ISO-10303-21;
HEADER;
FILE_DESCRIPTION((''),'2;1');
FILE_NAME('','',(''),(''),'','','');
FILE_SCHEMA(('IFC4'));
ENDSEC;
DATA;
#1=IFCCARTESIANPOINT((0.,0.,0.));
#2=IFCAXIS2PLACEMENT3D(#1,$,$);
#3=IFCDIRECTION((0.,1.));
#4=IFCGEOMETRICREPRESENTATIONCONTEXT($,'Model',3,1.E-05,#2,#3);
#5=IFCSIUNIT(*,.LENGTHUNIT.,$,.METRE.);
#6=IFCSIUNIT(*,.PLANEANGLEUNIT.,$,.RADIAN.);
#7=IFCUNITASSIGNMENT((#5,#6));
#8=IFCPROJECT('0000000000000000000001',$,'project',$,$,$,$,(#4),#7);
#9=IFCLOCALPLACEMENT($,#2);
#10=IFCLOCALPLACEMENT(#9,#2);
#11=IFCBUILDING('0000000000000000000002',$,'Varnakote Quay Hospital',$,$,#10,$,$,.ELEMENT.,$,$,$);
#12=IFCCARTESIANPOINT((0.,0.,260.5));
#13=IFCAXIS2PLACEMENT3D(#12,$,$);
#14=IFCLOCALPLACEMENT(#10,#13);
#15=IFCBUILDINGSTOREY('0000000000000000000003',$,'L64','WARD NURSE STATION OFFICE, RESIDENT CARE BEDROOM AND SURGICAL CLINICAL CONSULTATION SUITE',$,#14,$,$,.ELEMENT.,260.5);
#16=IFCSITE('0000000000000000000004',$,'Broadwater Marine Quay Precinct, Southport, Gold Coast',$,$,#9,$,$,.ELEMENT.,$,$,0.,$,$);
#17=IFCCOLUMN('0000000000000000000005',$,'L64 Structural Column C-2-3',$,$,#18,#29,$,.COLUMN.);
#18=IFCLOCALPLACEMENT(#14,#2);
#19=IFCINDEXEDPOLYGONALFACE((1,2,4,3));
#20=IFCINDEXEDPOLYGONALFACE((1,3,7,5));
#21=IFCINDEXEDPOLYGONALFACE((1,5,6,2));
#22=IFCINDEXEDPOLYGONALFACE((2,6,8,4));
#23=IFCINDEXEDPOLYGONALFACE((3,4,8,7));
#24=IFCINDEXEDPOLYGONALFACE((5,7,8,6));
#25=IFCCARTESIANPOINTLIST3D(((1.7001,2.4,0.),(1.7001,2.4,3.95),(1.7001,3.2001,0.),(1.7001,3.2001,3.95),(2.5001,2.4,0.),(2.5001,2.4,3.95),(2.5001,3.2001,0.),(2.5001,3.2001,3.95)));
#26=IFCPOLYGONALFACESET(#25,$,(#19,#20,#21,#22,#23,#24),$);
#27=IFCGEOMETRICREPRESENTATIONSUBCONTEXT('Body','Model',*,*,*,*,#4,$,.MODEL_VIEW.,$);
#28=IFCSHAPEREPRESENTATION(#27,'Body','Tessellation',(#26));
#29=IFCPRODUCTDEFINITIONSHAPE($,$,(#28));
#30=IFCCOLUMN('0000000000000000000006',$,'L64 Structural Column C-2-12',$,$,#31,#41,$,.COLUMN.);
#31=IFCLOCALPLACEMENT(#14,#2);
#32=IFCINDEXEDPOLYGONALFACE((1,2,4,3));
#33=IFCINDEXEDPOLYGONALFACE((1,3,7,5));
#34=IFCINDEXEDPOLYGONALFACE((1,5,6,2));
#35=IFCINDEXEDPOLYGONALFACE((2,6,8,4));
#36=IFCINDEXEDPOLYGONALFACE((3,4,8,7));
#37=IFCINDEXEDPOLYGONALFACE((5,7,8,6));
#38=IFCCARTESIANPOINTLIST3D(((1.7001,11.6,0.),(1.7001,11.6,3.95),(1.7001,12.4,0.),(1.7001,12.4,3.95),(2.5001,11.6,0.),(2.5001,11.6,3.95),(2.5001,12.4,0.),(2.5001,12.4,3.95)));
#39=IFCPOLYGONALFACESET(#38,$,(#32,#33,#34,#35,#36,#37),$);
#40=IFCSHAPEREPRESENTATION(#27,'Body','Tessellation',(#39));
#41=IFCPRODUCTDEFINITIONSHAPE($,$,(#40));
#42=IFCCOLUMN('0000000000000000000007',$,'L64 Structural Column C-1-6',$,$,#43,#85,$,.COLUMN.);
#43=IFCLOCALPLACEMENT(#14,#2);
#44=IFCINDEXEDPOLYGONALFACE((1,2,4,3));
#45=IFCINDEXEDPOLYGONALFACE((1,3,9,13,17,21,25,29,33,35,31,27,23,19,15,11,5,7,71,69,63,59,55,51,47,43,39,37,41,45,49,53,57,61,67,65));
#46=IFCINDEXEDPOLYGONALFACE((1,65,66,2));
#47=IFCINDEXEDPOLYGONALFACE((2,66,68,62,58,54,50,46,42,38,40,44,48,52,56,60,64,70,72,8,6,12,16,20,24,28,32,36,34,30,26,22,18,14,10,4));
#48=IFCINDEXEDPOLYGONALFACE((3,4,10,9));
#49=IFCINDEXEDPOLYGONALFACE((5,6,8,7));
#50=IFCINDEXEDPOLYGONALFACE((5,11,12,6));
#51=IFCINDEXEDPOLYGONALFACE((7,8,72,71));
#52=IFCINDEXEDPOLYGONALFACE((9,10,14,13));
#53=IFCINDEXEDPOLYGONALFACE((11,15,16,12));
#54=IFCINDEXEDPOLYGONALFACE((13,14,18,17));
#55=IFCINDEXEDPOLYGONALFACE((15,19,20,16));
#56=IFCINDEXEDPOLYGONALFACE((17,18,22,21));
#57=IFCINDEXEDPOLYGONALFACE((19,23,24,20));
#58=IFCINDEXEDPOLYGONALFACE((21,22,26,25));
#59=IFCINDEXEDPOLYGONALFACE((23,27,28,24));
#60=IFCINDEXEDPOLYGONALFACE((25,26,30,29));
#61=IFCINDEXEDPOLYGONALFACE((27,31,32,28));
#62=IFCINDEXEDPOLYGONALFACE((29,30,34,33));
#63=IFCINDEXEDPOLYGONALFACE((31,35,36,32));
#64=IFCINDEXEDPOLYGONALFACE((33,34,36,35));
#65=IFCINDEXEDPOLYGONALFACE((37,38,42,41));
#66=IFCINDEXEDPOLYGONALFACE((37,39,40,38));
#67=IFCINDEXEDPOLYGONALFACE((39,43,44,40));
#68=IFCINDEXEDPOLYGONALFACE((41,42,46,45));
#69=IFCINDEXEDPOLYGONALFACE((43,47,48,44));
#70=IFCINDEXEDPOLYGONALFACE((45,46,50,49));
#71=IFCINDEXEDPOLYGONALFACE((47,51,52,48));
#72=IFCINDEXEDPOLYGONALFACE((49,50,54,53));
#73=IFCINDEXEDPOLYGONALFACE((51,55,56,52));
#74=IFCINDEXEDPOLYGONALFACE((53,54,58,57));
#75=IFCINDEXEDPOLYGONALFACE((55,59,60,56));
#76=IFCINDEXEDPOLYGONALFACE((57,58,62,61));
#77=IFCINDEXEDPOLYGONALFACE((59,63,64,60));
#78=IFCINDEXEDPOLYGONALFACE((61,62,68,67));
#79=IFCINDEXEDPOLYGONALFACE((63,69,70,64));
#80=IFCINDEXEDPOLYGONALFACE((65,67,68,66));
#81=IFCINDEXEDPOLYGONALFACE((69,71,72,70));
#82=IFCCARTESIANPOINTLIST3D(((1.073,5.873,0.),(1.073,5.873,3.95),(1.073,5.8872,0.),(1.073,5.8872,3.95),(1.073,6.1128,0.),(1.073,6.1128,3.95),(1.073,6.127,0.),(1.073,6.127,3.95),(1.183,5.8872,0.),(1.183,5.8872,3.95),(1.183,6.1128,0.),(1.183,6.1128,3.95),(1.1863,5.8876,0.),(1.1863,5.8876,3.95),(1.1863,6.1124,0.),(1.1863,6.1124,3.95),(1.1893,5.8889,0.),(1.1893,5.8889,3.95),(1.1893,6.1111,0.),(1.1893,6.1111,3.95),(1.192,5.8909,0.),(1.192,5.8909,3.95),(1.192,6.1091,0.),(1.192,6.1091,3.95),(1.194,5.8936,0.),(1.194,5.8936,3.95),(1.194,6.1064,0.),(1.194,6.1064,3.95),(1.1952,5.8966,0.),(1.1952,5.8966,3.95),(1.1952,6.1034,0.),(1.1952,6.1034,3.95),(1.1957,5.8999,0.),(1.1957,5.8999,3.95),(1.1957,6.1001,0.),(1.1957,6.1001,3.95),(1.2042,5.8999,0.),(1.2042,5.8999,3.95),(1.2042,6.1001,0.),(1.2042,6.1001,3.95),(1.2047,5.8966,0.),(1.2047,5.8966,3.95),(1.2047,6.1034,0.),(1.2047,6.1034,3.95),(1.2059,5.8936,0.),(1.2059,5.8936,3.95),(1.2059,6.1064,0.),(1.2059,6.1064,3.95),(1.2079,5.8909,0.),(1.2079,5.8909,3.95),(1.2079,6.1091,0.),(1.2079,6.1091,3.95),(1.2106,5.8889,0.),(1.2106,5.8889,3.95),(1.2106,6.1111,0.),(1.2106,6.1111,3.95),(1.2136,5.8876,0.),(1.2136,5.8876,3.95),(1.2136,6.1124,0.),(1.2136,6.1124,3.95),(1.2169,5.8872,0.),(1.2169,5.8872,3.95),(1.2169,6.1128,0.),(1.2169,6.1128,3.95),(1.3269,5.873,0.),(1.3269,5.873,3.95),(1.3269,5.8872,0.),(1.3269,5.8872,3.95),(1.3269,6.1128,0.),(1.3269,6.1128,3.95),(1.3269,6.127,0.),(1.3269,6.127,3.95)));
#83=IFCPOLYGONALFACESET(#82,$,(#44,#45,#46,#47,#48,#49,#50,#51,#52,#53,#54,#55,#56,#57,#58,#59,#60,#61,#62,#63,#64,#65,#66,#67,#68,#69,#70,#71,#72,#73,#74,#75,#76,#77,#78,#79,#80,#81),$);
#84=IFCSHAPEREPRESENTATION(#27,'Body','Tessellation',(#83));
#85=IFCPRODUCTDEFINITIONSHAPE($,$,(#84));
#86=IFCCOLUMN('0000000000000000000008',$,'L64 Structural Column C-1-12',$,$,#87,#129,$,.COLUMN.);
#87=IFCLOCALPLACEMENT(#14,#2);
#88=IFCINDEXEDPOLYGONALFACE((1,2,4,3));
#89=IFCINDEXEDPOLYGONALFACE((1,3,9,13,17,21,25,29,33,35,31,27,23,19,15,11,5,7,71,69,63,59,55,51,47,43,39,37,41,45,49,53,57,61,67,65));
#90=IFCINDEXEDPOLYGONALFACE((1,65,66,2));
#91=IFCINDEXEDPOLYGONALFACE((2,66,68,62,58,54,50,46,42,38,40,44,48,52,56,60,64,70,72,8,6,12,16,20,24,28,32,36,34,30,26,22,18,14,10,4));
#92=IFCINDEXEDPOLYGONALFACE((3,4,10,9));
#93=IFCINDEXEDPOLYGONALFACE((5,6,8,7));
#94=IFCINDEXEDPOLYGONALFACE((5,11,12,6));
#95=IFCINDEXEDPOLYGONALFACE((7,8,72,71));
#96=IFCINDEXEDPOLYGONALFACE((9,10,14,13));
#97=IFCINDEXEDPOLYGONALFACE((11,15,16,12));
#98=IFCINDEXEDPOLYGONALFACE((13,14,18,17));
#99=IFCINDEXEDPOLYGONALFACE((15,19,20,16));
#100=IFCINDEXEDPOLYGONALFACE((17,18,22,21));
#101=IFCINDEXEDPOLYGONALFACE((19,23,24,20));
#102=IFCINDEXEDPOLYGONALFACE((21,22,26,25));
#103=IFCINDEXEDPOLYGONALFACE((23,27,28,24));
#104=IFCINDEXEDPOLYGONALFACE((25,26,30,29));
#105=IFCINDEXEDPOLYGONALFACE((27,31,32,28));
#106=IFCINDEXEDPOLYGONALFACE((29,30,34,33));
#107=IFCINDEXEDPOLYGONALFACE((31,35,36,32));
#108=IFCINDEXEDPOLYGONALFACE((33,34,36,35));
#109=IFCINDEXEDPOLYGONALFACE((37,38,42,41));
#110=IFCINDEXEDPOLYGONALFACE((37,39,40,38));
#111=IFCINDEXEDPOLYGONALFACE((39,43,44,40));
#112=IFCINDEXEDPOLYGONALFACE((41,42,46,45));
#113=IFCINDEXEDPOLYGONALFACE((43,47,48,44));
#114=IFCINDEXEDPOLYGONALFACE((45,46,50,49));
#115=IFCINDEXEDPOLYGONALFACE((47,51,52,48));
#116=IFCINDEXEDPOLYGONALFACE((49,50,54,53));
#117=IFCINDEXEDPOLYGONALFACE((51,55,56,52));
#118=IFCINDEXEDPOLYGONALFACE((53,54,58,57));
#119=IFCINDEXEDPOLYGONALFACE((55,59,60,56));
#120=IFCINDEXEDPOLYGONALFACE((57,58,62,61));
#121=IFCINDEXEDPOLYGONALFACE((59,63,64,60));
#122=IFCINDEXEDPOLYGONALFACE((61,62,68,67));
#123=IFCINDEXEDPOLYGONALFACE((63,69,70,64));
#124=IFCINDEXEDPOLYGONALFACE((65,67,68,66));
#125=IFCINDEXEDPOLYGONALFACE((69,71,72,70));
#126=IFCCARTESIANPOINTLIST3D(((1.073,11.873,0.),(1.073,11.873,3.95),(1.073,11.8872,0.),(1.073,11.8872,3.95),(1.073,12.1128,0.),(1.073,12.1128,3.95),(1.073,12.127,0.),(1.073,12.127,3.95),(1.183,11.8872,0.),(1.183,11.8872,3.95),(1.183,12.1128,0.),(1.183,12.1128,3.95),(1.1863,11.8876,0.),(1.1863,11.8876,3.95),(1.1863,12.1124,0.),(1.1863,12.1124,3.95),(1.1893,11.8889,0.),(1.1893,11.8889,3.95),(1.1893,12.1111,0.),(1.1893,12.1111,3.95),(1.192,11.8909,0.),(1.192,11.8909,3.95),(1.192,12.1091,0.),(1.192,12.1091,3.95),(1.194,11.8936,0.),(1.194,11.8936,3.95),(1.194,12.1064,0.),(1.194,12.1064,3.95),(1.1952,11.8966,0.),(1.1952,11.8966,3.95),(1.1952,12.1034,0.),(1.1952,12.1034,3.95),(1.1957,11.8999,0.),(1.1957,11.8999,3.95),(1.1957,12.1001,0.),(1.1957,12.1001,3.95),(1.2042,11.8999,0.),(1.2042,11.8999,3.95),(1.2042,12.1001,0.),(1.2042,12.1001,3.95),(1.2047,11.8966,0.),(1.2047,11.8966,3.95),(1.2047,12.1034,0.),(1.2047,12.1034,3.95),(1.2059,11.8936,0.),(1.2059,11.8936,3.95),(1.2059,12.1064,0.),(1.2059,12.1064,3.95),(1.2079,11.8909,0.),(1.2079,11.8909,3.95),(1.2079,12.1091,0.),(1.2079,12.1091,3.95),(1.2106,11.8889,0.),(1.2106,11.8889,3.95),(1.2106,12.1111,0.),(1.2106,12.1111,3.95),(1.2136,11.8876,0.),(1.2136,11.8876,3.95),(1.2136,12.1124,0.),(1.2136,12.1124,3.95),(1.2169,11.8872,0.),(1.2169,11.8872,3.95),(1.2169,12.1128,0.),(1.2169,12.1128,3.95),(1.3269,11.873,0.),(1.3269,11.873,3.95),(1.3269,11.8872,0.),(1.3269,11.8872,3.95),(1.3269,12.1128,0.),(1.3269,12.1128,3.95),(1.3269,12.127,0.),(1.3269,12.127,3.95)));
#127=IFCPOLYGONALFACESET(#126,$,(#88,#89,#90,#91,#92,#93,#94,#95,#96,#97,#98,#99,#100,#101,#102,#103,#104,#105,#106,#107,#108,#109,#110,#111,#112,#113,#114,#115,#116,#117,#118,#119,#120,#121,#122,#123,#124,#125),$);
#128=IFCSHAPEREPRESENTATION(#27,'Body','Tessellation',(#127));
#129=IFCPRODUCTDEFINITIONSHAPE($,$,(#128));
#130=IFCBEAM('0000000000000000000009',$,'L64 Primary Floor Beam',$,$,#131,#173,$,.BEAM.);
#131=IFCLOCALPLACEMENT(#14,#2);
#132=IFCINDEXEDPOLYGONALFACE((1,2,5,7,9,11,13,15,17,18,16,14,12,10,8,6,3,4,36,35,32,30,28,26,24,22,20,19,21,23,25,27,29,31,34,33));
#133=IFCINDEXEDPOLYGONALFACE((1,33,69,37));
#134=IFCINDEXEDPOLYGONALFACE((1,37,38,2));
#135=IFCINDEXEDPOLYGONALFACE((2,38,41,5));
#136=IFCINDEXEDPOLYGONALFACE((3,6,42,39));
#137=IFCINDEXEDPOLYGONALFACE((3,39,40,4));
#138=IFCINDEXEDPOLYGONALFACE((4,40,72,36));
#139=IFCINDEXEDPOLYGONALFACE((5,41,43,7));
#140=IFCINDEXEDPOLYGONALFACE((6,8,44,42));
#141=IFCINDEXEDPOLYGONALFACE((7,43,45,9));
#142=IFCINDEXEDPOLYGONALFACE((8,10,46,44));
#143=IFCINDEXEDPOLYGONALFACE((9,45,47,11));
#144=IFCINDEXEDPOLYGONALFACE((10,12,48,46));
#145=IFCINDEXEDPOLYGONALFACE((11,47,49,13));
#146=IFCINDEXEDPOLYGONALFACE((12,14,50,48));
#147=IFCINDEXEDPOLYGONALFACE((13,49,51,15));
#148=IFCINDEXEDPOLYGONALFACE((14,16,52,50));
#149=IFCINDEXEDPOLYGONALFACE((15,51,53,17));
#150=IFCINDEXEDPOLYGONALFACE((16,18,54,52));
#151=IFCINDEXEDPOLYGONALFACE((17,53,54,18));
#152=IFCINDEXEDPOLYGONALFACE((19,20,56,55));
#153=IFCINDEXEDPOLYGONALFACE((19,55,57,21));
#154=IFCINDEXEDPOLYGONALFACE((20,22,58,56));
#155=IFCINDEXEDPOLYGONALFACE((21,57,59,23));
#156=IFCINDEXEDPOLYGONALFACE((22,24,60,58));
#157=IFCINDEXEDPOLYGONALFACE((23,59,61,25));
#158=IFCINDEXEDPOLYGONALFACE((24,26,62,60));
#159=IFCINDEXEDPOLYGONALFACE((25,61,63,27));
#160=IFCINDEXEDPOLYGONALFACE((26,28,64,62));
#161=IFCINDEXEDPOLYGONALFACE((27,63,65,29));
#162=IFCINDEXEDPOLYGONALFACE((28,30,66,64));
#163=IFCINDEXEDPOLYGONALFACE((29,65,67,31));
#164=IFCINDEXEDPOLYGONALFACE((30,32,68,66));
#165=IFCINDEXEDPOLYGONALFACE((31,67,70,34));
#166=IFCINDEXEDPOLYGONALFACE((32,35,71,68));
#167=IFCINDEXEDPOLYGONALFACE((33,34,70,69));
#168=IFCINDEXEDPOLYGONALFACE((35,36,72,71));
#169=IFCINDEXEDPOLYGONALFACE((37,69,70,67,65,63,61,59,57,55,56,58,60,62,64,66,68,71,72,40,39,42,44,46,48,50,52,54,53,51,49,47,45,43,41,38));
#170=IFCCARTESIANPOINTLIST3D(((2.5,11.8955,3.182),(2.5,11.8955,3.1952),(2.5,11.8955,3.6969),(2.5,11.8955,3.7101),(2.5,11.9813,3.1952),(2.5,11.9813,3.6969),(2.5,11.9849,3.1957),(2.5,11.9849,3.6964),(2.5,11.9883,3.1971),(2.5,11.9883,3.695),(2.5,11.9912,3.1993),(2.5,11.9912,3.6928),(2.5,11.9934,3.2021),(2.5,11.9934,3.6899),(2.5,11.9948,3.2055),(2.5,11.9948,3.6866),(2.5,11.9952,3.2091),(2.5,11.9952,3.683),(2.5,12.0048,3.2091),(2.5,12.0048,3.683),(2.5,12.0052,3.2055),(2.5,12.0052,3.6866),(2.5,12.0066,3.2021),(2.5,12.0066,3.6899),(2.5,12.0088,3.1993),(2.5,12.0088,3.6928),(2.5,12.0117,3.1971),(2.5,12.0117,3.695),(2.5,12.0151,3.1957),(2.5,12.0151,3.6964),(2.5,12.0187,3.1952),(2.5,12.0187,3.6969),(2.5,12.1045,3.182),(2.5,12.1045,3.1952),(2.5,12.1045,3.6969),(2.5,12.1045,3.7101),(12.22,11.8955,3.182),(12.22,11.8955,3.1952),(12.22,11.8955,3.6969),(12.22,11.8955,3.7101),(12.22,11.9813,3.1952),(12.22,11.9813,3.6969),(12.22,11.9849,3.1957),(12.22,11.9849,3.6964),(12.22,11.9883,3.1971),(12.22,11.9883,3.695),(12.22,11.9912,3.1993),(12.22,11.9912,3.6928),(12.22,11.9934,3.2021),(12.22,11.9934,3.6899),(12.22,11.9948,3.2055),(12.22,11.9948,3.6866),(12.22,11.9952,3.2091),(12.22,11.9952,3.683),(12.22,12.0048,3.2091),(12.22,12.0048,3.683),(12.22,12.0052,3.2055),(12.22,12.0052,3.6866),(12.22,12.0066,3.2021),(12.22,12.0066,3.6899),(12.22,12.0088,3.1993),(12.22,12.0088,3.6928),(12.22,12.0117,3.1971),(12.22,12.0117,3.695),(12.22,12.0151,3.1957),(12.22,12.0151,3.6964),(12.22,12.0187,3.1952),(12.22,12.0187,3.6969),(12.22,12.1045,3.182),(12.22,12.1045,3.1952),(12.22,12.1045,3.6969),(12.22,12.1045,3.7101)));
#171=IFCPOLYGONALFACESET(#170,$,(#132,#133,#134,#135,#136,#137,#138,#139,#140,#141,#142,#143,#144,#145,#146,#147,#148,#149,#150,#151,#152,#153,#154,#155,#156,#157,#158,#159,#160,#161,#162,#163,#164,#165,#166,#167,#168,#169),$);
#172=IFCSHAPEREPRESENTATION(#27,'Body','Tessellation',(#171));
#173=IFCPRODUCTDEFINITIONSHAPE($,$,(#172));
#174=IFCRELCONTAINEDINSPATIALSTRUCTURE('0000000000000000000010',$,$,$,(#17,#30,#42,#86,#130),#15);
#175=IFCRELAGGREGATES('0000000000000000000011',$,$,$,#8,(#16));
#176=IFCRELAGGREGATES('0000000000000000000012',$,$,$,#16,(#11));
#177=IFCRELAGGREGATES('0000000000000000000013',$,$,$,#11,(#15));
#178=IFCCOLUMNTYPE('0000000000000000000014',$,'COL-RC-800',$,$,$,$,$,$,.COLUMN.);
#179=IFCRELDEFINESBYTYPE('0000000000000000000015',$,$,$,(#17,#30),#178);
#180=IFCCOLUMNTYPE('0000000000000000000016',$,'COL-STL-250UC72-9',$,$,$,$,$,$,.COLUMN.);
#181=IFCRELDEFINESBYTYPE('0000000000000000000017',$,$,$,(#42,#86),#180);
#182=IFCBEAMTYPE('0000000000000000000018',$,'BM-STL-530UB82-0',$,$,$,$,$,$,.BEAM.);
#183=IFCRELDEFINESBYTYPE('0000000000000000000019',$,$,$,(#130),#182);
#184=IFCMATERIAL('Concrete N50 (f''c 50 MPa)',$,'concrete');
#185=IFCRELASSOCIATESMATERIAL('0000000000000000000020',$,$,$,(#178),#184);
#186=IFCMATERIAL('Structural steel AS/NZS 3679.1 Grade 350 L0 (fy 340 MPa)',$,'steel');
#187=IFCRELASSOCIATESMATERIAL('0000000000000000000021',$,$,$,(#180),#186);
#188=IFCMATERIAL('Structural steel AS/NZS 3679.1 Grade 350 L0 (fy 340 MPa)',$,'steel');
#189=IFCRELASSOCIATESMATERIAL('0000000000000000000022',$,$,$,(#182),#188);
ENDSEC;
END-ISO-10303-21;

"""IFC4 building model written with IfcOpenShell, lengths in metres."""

from ifc_helpers import new_model, si_unit, direction, frame, origin, origin_2d, place, context, subcontext, project, spatial, rectangle, i_section, extrude, material, material_profile, profile_set, type_object, element, save


model = new_model("IFC4")

# Units and contexts
model_context = context("Model", 3, precision=1e-05, world=origin(), true_north=direction((0.0, 1.0)))
body_context = subcontext(model_context, "Body", "Model", "MODEL_VIEW")
ifc_project = project(units=[si_unit("LENGTHUNIT", "METRE"), si_unit("PLANEANGLEUNIT", "RADIAN")], contexts=[model_context])

# Site, building, storey
site_placement = place(None, origin())
site = spatial("IfcSite", under=ifc_project, at=site_placement, Name="Broadwater Marine Quay Precinct, Southport, Gold Coast", CompositionType="ELEMENT", RefElevation=0.0)
building_placement = place(site_placement, origin())
building = spatial("IfcBuilding", under=site, at=building_placement, Name="Varnakote Quay Hospital", CompositionType="ELEMENT")
storey_placement = place(building_placement, frame((0.0, 0.0, 260.5)))
storey = spatial("IfcBuildingStorey", under=building, at=storey_placement, Name="L64", Description="WARD NURSE STATION OFFICE, RESIDENT CARE BEDROOM AND SURGICAL CLINICAL CONSULTATION SUITE", CompositionType="ELEMENT", Elevation=260.5)

# Columns
ifc_material_1 = material(Name="Concrete N50 (f'c 50 MPa)", Category="concrete")
ifc_material_profile_1 = material_profile(ifc_material_1, rectangle(XDim=0.8, YDim=0.8, at=origin_2d()), Name="RC-COL-800x800")
ifc_profile_set_1 = profile_set([ifc_material_profile_1], Name="Concrete N50 (f'c 50 MPa)")
column_type_1 = type_object("IfcColumnType", Name="COL-RC-800", PredefinedType="COLUMN", material=ifc_profile_set_1)
for number, where, z_axis, x_axis, name in (
    (1, (2.1001, 2.8, 0.0), (0.0, 0.0, 1.0), (1.0, 0.0, 0.0), "L64 Structural Column C-2-3"),
    (2, (2.1001, 12.0, 0.0), (0.0, 0.0, 1.0), (1.0, 0.0, 0.0), "L64 Structural Column C-2-12"),
):
    element("IfcColumn", number, at=place(storey_placement, frame(where, z_axis=z_axis, x_axis=x_axis)), inside=storey, type_object=column_type_1, Name=name, PredefinedType="COLUMN", context=body_context, shape_type="SweptSolid", body=[
        extrude(rectangle(XDim=0.8, YDim=0.8, at=origin_2d()), origin(), (0.0, 0.0, 1.0), 3.95),
    ])
ifc_material_2 = material(Name="Structural steel AS/NZS 3679.1 Grade 350 L0 (fy 340 MPa)", Category="steel")
ifc_material_profile_2 = material_profile(ifc_material_2, i_section(OverallWidth=0.2539, OverallDepth=0.2539, WebThickness=0.0085, FlangeThickness=0.0142, FilletRadius=0.0127, at=origin_2d()), Name="250UC72.9")
ifc_profile_set_2 = profile_set([ifc_material_profile_2], Name="Structural steel AS/NZS 3679.1 Grade 350 L0 (fy 340 MPa)")
column_type_2 = type_object("IfcColumnType", Name="COL-STL-250UC72-9", PredefinedType="COLUMN", material=ifc_profile_set_2)
for number, where, z_axis, x_axis, name in (
    (3, (1.2, 6.0, 0.0), (0.0, 0.0, 1.0), (1.0, 0.0, 0.0), "L64 Structural Column C-1-6"),
    (4, (1.2, 12.0, 0.0), (0.0, 0.0, 1.0), (1.0, 0.0, 0.0), "L64 Structural Column C-1-12"),
):
    element("IfcColumn", number, at=place(storey_placement, frame(where, z_axis=z_axis, x_axis=x_axis)), inside=storey, type_object=column_type_2, Name=name, PredefinedType="COLUMN", context=body_context, shape_type="SweptSolid", body=[
        extrude(i_section(OverallWidth=0.2539, OverallDepth=0.2539, WebThickness=0.0085, FlangeThickness=0.0142, FilletRadius=0.0127, at=origin_2d()), origin(), (0.0, 0.0, 1.0), 3.95),
    ])

# Beam
ifc_material_3 = material(Name="Structural steel AS/NZS 3679.1 Grade 350 L0 (fy 340 MPa)", Category="steel")
ifc_material_profile_3 = material_profile(ifc_material_3, i_section(OverallWidth=0.209, OverallDepth=0.5281, WebThickness=0.0095, FlangeThickness=0.0132, FilletRadius=0.0139, at=origin_2d()), Name="530UB82.0")
ifc_profile_set_3 = profile_set([ifc_material_profile_3], Name="Structural steel AS/NZS 3679.1 Grade 350 L0 (fy 340 MPa)")
beam_type_1 = type_object("IfcBeamType", Name="BM-STL-530UB82-0", PredefinedType="BEAM", material=ifc_profile_set_3)
beam_1_placement = place(storey_placement, frame((2.5, 12.0, 3.446), z_axis=(1.0, 0.0, 0.0), x_axis=(0.0, 1.0, 0.0)))
element("IfcBeam", 5, at=beam_1_placement, inside=storey, type_object=beam_type_1, Name="L64 Primary Floor Beam", PredefinedType="BEAM", context=body_context, shape_type="SweptSolid", body=[
    extrude(i_section(OverallWidth=0.209, OverallDepth=0.5281, WebThickness=0.0095, FlangeThickness=0.0132, FilletRadius=0.0139, at=origin_2d()), origin(), (0.0, 0.0, 1.0), 9.72),
])

save(model, "model.ifc")
